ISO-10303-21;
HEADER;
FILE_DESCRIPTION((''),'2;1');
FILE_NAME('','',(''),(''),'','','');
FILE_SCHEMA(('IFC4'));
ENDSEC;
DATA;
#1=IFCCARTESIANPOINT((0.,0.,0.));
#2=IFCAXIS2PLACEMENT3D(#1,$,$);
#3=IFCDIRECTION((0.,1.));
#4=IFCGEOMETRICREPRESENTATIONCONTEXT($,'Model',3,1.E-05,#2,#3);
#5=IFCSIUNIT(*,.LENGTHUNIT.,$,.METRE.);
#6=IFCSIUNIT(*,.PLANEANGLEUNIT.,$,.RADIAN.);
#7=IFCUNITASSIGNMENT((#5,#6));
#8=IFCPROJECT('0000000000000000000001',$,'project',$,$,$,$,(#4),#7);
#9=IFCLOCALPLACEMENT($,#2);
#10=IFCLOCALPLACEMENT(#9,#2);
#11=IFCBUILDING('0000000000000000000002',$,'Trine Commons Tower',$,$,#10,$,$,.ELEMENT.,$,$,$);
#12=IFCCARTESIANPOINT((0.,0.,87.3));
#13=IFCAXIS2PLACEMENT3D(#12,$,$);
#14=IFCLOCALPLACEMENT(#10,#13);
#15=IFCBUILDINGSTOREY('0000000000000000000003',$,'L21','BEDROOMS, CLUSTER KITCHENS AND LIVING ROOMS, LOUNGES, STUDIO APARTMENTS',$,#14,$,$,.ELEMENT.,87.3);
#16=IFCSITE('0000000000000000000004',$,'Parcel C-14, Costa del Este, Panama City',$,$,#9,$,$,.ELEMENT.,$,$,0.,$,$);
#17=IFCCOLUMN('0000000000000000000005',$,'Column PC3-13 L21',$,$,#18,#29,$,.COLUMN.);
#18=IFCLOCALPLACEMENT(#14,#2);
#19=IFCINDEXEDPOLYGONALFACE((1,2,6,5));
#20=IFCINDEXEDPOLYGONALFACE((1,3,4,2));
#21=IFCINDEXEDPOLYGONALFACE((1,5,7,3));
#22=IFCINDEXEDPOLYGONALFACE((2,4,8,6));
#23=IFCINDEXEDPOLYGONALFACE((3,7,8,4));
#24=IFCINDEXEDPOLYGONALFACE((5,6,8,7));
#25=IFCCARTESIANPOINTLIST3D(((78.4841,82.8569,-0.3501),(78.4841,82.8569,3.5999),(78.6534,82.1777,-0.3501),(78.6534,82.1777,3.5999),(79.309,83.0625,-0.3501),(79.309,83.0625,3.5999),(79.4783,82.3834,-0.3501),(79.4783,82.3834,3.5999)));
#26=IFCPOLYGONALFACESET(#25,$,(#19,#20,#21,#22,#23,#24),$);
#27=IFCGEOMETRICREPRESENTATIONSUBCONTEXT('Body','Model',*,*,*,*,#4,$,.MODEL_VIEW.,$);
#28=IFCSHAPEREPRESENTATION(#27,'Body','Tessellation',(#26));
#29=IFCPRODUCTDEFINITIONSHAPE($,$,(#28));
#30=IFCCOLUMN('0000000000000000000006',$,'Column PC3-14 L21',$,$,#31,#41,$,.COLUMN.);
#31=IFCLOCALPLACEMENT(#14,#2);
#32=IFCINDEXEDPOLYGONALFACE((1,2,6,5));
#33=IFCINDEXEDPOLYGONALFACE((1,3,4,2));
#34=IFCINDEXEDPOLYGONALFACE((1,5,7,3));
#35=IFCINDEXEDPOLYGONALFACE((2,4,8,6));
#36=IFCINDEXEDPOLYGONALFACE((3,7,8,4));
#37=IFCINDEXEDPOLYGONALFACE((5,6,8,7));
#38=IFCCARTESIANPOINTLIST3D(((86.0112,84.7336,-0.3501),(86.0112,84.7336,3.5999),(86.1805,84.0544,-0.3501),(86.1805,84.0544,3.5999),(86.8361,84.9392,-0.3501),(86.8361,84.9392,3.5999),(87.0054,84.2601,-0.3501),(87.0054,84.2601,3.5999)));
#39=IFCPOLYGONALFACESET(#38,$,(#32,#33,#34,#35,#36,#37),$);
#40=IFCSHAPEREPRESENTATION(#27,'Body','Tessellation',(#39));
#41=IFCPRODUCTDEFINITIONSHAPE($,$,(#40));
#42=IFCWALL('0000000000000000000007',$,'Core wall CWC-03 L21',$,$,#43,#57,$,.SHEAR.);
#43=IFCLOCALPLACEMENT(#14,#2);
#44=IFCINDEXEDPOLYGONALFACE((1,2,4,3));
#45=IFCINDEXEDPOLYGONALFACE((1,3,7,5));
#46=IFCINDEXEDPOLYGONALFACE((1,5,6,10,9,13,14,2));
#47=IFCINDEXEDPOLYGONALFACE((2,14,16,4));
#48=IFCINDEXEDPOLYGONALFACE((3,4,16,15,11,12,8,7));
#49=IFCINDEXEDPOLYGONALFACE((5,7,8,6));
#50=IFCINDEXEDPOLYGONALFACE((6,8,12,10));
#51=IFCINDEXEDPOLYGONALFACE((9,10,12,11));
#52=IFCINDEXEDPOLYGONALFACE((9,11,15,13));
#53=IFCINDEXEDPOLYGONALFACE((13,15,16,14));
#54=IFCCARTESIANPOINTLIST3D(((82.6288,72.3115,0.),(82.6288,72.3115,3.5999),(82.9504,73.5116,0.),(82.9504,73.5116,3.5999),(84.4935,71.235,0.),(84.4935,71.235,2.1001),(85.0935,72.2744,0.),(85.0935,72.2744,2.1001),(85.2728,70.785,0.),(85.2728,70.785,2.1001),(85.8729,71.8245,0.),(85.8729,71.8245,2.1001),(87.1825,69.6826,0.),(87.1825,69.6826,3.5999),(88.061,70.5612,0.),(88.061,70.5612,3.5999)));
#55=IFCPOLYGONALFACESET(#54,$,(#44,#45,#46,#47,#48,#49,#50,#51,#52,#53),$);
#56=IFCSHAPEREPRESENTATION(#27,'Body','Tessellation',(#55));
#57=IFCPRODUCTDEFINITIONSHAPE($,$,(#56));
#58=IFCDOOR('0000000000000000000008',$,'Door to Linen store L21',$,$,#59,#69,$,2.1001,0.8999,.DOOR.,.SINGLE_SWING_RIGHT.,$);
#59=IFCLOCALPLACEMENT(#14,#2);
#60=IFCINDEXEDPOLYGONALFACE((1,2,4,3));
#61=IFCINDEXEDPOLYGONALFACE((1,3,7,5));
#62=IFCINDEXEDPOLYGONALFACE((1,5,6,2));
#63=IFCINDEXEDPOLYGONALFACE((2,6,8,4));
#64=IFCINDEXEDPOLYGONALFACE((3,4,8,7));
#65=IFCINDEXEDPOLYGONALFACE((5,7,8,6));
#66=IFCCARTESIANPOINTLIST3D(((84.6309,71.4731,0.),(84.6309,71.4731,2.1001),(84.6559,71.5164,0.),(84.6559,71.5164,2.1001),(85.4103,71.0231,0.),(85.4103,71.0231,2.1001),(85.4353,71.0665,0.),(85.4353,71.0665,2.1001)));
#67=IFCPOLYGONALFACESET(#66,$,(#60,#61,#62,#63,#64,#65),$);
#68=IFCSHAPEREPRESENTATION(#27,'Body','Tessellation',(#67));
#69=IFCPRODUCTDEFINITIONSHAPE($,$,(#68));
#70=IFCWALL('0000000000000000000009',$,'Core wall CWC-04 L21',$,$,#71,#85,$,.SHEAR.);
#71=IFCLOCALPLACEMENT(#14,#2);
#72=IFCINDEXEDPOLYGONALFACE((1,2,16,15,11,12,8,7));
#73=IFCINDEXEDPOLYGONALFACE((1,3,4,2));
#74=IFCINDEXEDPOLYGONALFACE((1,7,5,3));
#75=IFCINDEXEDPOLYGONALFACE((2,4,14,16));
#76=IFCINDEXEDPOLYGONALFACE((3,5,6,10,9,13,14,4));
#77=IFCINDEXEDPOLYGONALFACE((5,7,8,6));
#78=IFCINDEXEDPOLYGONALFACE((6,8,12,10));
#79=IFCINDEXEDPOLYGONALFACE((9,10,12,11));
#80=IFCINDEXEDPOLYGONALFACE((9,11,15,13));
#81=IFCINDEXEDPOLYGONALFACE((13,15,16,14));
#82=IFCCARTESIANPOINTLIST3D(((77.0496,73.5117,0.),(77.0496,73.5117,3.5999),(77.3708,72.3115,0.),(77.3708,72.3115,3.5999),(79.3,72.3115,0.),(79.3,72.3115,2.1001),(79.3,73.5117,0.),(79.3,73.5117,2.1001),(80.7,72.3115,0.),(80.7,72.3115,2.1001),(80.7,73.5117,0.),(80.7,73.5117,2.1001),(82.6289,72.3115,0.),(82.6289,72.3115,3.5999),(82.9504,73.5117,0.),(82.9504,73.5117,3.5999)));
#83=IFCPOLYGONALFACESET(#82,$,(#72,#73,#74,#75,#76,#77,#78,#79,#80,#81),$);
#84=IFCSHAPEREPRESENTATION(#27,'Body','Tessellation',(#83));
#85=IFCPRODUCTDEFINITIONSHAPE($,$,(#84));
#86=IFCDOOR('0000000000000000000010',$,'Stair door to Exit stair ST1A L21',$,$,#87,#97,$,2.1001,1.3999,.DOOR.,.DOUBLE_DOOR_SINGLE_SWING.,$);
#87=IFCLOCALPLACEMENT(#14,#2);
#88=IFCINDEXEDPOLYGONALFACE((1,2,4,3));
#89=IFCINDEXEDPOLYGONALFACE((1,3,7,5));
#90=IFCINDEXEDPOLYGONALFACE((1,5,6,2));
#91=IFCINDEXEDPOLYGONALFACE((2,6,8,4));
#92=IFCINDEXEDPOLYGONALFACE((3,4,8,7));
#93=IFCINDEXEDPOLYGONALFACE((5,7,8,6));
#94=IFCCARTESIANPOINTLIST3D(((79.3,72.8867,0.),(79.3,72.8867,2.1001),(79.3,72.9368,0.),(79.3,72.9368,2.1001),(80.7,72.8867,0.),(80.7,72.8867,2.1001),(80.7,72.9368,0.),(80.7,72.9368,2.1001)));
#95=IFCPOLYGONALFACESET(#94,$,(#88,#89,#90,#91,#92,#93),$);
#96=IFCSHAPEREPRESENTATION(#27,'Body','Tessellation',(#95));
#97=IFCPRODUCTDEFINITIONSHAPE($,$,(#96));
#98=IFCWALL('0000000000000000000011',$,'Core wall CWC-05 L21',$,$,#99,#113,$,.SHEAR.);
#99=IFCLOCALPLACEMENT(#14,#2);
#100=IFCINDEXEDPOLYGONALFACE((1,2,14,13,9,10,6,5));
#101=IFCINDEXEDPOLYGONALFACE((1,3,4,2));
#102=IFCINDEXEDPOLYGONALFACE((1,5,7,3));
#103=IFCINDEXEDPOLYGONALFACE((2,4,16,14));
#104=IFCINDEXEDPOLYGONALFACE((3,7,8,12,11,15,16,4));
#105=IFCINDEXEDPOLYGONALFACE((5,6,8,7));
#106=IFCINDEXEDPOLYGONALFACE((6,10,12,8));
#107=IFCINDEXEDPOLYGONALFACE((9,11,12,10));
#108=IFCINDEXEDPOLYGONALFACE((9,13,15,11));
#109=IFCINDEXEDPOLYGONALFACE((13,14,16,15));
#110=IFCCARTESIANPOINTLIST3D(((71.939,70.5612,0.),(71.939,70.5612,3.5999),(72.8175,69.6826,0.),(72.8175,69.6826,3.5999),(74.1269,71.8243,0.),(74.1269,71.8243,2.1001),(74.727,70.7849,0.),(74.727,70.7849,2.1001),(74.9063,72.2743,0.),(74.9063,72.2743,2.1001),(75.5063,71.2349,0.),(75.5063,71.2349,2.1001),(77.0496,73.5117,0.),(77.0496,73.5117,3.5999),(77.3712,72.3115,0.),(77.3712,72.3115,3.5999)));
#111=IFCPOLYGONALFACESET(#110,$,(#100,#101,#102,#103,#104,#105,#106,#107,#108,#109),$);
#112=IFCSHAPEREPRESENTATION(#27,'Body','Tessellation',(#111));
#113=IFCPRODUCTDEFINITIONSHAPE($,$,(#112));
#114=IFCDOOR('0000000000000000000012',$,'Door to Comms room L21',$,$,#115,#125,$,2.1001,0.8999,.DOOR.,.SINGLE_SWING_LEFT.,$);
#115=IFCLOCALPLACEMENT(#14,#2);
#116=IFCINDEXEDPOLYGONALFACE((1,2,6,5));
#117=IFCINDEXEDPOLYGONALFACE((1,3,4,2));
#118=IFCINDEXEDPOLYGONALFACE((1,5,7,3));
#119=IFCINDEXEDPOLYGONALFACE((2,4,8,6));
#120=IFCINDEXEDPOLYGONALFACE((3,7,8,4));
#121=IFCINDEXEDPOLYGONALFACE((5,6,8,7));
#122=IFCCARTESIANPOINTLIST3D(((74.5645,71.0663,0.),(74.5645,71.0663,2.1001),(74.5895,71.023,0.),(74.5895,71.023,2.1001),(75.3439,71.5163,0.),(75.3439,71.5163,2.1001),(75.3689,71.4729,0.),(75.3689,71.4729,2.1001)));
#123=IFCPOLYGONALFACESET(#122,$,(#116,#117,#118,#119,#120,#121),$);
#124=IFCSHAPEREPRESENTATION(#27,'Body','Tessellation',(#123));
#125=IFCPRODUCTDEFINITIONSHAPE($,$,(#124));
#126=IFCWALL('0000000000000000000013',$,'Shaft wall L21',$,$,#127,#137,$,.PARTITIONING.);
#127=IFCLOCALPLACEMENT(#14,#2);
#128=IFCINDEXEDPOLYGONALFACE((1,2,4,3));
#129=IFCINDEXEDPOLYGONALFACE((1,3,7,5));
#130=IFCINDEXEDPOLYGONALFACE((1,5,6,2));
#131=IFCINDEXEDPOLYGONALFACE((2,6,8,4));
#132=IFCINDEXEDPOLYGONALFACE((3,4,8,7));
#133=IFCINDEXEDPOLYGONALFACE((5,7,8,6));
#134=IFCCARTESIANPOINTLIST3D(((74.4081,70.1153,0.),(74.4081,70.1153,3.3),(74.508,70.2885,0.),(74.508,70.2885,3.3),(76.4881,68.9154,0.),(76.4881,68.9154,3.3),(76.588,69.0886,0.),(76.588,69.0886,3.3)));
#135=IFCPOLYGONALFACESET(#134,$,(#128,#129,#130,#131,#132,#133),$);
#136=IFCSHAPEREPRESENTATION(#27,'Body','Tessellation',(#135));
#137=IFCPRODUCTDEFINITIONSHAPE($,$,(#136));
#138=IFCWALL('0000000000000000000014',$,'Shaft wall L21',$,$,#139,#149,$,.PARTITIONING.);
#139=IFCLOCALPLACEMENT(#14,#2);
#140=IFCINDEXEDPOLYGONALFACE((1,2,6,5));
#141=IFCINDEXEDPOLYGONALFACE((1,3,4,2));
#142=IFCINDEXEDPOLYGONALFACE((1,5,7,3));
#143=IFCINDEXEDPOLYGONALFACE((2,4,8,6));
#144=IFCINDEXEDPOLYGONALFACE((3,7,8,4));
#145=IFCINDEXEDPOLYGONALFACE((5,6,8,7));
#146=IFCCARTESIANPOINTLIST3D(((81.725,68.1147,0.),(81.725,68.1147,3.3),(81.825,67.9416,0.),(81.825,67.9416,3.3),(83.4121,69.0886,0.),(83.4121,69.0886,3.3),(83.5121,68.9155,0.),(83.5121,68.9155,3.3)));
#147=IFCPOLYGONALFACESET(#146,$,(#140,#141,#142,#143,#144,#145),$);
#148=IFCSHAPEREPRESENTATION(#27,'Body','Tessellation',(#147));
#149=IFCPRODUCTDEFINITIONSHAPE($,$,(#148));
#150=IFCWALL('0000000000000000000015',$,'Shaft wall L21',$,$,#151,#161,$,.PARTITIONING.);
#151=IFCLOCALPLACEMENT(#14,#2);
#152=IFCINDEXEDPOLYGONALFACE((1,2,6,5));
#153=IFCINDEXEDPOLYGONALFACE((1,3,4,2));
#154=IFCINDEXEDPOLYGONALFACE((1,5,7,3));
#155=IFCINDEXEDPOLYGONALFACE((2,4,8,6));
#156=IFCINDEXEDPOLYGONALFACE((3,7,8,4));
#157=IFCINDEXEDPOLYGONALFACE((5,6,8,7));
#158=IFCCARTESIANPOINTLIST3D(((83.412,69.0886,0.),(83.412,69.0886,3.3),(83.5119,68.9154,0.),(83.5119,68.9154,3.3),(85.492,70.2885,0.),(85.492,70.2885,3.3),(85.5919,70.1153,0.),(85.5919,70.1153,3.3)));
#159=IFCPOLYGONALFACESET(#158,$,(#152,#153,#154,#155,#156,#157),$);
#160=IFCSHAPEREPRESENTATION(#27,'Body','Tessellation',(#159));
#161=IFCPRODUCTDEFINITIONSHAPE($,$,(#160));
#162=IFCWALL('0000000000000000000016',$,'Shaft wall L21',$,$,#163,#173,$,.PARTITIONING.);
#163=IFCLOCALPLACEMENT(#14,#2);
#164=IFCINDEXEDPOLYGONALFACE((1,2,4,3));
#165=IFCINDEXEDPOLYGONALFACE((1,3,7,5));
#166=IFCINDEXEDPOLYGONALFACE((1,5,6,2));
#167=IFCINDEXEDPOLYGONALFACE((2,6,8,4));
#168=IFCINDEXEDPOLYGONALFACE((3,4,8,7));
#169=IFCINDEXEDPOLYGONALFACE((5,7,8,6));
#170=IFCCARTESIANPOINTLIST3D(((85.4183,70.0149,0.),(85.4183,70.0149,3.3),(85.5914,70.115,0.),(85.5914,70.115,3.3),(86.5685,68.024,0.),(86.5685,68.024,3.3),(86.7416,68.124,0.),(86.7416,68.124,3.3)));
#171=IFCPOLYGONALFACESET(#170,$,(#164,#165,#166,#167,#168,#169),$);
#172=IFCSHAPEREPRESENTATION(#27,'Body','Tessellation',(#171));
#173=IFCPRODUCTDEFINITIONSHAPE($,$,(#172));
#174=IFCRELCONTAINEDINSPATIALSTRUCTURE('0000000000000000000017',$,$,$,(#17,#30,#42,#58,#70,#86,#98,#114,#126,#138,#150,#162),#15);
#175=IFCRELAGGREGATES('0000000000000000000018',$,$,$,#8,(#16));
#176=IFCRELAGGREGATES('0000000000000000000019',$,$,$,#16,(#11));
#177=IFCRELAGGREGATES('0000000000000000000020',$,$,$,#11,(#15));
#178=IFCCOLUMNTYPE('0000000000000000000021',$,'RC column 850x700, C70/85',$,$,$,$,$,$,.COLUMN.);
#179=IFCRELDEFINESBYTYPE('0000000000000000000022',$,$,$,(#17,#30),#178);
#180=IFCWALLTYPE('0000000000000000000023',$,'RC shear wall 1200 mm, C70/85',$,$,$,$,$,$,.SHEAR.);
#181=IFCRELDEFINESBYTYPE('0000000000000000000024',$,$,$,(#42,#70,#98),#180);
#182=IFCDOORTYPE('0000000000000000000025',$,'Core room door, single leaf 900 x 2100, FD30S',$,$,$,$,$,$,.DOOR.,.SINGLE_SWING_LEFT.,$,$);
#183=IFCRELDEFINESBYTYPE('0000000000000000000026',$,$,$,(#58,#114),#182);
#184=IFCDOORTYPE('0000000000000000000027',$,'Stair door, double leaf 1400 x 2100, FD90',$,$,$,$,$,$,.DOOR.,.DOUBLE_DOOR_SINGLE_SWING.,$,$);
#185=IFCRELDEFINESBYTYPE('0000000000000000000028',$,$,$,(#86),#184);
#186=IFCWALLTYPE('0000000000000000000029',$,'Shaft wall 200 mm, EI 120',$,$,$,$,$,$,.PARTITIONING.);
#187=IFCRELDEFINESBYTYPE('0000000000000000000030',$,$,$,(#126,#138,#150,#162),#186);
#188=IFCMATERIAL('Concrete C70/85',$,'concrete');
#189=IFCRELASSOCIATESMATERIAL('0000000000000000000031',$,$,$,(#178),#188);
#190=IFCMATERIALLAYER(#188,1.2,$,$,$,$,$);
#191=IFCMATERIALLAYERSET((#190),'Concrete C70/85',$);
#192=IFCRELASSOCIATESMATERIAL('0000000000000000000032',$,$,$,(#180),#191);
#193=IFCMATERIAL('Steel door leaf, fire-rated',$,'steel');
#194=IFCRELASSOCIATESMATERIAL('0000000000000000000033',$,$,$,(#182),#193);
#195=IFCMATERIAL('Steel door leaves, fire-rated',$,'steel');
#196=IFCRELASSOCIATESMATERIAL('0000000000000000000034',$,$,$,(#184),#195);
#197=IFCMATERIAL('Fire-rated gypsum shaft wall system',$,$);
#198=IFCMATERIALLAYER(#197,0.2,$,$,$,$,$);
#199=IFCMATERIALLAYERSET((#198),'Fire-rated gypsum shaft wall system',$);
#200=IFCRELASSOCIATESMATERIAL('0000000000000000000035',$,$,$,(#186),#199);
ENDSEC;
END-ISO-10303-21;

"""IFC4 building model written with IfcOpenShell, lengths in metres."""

from ifc_helpers import new_model, si_unit, direction, frame, frame_2d, origin, origin_2d, place, context, subcontext, project, spatial, polyline, rectangle, outline, extrude, material, layer, layer_set, material_profile, profile_set, type_object, element, fill, save


model = new_model("IFC4")

# Units and contexts
model_context = context("Model", 3, precision=1e-05, world=origin(), true_north=direction((0.0, 1.0)))
body_context = subcontext(model_context, "Body", "Model", "MODEL_VIEW")
ifc_project = project(units=[si_unit("LENGTHUNIT", "METRE"), si_unit("PLANEANGLEUNIT", "RADIAN")], contexts=[model_context])

# Site, building, storey
site_placement = place(None, origin())
site = spatial("IfcSite", under=ifc_project, at=site_placement, Name="Parcel C-14, Costa del Este, Panama City", CompositionType="ELEMENT", RefElevation=0.0)
building_placement = place(site_placement, origin())
building = spatial("IfcBuilding", under=site, at=building_placement, Name="Trine Commons Tower", CompositionType="ELEMENT")
storey_placement = place(building_placement, frame((0.0, 0.0, 87.3)))
storey = spatial("IfcBuildingStorey", under=building, at=storey_placement, Name="L21", Description="BEDROOMS, CLUSTER KITCHENS AND LIVING ROOMS, LOUNGES, STUDIO APARTMENTS", CompositionType="ELEMENT", Elevation=87.3)

# Columns
ifc_material_1 = material(Name="Concrete C70/85", Category="concrete")
ifc_material_profile = material_profile(ifc_material_1, rectangle(XDim=0.8501, YDim=0.7, at=origin_2d()), Name="RC 850x700")
ifc_profile_set = profile_set([ifc_material_profile], Name="Concrete C70/85")
column_type = type_object("IfcColumnType", Name="RC column 850x700, C70/85", PredefinedType="COLUMN", material=ifc_profile_set)
for number, where, z_axis, x_axis, name in (
    (1, (78.9812, 82.6201, -0.3501), (0.0, 0.0, 1.0), (0.970296, 0.241922, 0.0), "Column PC3-13 L21"),
    (2, (86.5083, 84.4968, -0.3501), (0.0, 0.0, 1.0), (0.970296, 0.241922, 0.0), "Column PC3-14 L21"),
):
    element("IfcColumn", number, at=place(storey_placement, frame(where, z_axis=z_axis, x_axis=x_axis)), inside=storey, type_object=column_type, Name=name, PredefinedType="COLUMN", context=body_context, shape_type="SweptSolid", body=[
        extrude(rectangle(XDim=0.8501, YDim=0.7, at=origin_2d()), origin(), (0.0, 0.0, 1.0), 3.95),
    ])

# Walls, openings, doors
ifc_layer_1 = layer(ifc_material_1, 1.2)
ifc_layer_set_1 = layer_set([ifc_layer_1], Name="Concrete C70/85")
wall_type_1 = type_object("IfcWallType", Name="RC shear wall 1200 mm, C70/85", PredefinedType="SHEAR", material=ifc_layer_set_1)
wall_1_placement = place(storey_placement, frame((87.761, 70.0415, 0.0), z_axis=(0.0, 0.0, 1.0), x_axis=(-0.866037, 0.499979, 0.0)))
wall_1 = element("IfcWall", 3, at=wall_1_placement, inside=storey, type_object=wall_type_1, Name="Core wall CWC-03 L21", PredefinedType="SHEAR", context=body_context, shape_type="SweptSolid", body=[
    extrude(outline(polyline([(0.0, -0.6001), (5.9011, -0.6001), (5.5796, 0.6001), (0.3215, 0.6001), (0.0, -0.6001)])), origin(), (0.0, 0.0, 1.0), 3.5999),
])
opening_1_placement = place(wall_1_placement, frame((2.5266, 0.0, 0.0)))
opening_1 = element("IfcOpeningElement", 4, at=opening_1_placement, cuts=wall_1, PredefinedType="OPENING", context=body_context, shape_type="SweptSolid", body=[
    extrude(rectangle(XDim=0.8999, YDim=2.1001, at=frame_2d((0.45, 1.05))), frame((0.0, 0.6099, 0.0), z_axis=(0.0, -1.0, 0.0), x_axis=(1.0, 0.0, 0.0)), (0.0, 0.0, 1.0), 1.22),
])
ifc_material_2 = material(Name="Steel door leaf, fire-rated", Category="steel")
door_type_1 = type_object("IfcDoorType", Name="Core room door, single leaf 900 x 2100, FD30S", OperationType="SINGLE_SWING_LEFT", PredefinedType="DOOR", material=ifc_material_2)
door_1_placement = place(opening_1_placement, origin())
door_1 = element("IfcDoor", 5, at=door_1_placement, inside=storey, type_object=door_type_1, Name="Door to Linen store L21", OperationType="SINGLE_SWING_RIGHT", OverallHeight=2.1001, OverallWidth=0.8999, PredefinedType="DOOR", context=body_context, shape_type="SweptSolid", body=[
    extrude(rectangle(XDim=0.8999, YDim=2.1001, at=frame_2d((0.45, 1.05))), frame((0.0, 0.3252, 0.0), z_axis=(0.0, -1.0, 0.0), x_axis=(1.0, 0.0, 0.0)), (0.0, 0.0, 1.0), 0.05),
])
fill(opening_1, door_1)
wall_2_placement = place(storey_placement, frame((82.9504, 72.9116, 0.0), z_axis=(0.0, 0.0, 1.0), x_axis=(-1.0, 0.0, 0.0)))
wall_2 = element("IfcWall", 6, at=wall_2_placement, inside=storey, type_object=wall_type_1, Name="Core wall CWC-04 L21", PredefinedType="SHEAR", context=body_context, shape_type="SweptSolid", body=[
    extrude(outline(polyline([(0.0, -0.6001), (5.9009, -0.6001), (5.5796, 0.6001), (0.3215, 0.6001), (0.0, -0.6001)])), origin(), (0.0, 0.0, 1.0), 3.5999),
])
opening_2_placement = place(wall_2_placement, frame((2.2505, 0.0, 0.0)))
opening_2 = element("IfcOpeningElement", 7, at=opening_2_placement, cuts=wall_2, PredefinedType="OPENING", context=body_context, shape_type="SweptSolid", body=[
    extrude(rectangle(XDim=1.3999, YDim=2.1001, at=frame_2d((0.7, 1.05))), frame((0.0, 0.6099, 0.0), z_axis=(0.0, -1.0, 0.0), x_axis=(1.0, 0.0, 0.0)), (0.0, 0.0, 1.0), 1.22),
])
ifc_material_3 = material(Name="Steel door leaves, fire-rated", Category="steel")
door_type_2 = type_object("IfcDoorType", Name="Stair door, double leaf 1400 x 2100, FD90", OperationType="DOUBLE_DOOR_SINGLE_SWING", PredefinedType="DOOR", material=ifc_material_3)
door_2_placement = place(opening_2_placement, origin())
door_2 = element("IfcDoor", 8, at=door_2_placement, inside=storey, type_object=door_type_2, Name="Stair door to Exit stair ST1A L21", OperationType="DOUBLE_DOOR_SINGLE_SWING", OverallHeight=2.1001, OverallWidth=1.3999, PredefinedType="DOOR", context=body_context, shape_type="SweptSolid", body=[
    extrude(rectangle(XDim=1.3999, YDim=2.1001, at=frame_2d((0.7, 1.05))), frame((0.0, 0.0249, 0.0), z_axis=(0.0, -1.0, 0.0), x_axis=(1.0, 0.0, 0.0)), (0.0, 0.0, 1.0), 0.05),
])
fill(opening_2, door_2)
wall_3_placement = place(storey_placement, frame((77.3496, 72.9919, 0.0), z_axis=(0.0, 0.0, 1.0), x_axis=(-0.866037, -0.499979, 0.0)))
wall_3 = element("IfcWall", 9, at=wall_3_placement, inside=storey, type_object=wall_type_1, Name="Core wall CWC-05 L21", PredefinedType="SHEAR", context=body_context, shape_type="SweptSolid", body=[
    extrude(outline(polyline([(0.0, -0.6001), (5.9011, -0.6001), (5.5796, 0.6001), (0.3215, 0.6001), (0.0, -0.6001)])), origin(), (0.0, 0.0, 1.0), 3.5999),
])
opening_3_placement = place(wall_3_placement, frame((2.4749, 0.0, 0.0)))
opening_3 = element("IfcOpeningElement", 10, at=opening_3_placement, cuts=wall_3, PredefinedType="OPENING", context=body_context, shape_type="SweptSolid", body=[
    extrude(rectangle(XDim=0.8999, YDim=2.1001, at=frame_2d((0.45, 1.05))), frame((0.0, 0.6099, 0.0), z_axis=(0.0, -1.0, 0.0), x_axis=(1.0, 0.0, 0.0)), (0.0, 0.0, 1.0), 1.22),
])
door_3_placement = place(opening_3_placement, origin())
door_3 = element("IfcDoor", 11, at=door_3_placement, inside=storey, type_object=door_type_1, Name="Door to Comms room L21", OperationType="SINGLE_SWING_LEFT", OverallHeight=2.1001, OverallWidth=0.8999, PredefinedType="DOOR", context=body_context, shape_type="SweptSolid", body=[
    extrude(rectangle(XDim=0.8999, YDim=2.1001, at=frame_2d((0.45, 1.05))), frame((0.0, 0.3252, 0.0), z_axis=(0.0, -1.0, 0.0), x_axis=(1.0, 0.0, 0.0)), (0.0, 0.0, 1.0), 0.05),
])
fill(opening_3, door_3)

# Walls
ifc_material_4 = material(Name="Fire-rated gypsum shaft wall system")
ifc_layer_2 = layer(ifc_material_4, 0.2)
ifc_layer_set_2 = layer_set([ifc_layer_2], Name="Fire-rated gypsum shaft wall system")
wall_type_2 = type_object("IfcWallType", Name="Shaft wall 200 mm, EI 120", PredefinedType="PARTITIONING", material=ifc_layer_set_2)
wall_4_placement = place(storey_placement, frame((76.5381, 69.002, 0.0), z_axis=(0.0, 0.0, 1.0), x_axis=(-0.866203, 0.499693, 0.0)))
element("IfcWall", 12, at=wall_4_placement, inside=storey, type_object=wall_type_2, Name="Shaft wall L21", PredefinedType="PARTITIONING", context=body_context, shape_type="SweptSolid", body=[
    extrude(rectangle(XDim=2.4014, YDim=0.2, at=frame_2d((1.2007, 0.0))), origin(), (0.0, 0.0, 1.0), 3.3),
])
wall_5_placement = place(storey_placement, frame((81.7749, 68.0281, 0.0), z_axis=(0.0, 0.0, 1.0), x_axis=(0.866052, 0.499954, 0.0)))
element("IfcWall", 13, at=wall_5_placement, inside=storey, type_object=wall_type_2, Name="Shaft wall L21", PredefinedType="PARTITIONING", context=body_context, shape_type="SweptSolid", body=[
    extrude(rectangle(XDim=1.948, YDim=0.2, at=frame_2d((0.9741, 0.0))), origin(), (0.0, 0.0, 1.0), 3.3),
])
wall_6_placement = place(storey_placement, frame((83.4619, 69.002, 0.0), z_axis=(0.0, 0.0, 1.0), x_axis=(0.866203, 0.499693, 0.0)))
element("IfcWall", 14, at=wall_6_placement, inside=storey, type_object=wall_type_2, Name="Shaft wall L21", PredefinedType="PARTITIONING", context=body_context, shape_type="SweptSolid", body=[
    extrude(rectangle(XDim=2.4014, YDim=0.2, at=frame_2d((1.2007, 0.0))), origin(), (0.0, 0.0, 1.0), 3.3),
])
wall_7_placement = place(storey_placement, frame((86.655, 68.074, 0.0), z_axis=(0.0, 0.0, 1.0), x_axis=(-0.500216, 0.865901, 0.0)))
element("IfcWall", 15, at=wall_7_placement, inside=storey, type_object=wall_type_2, Name="Shaft wall L21", PredefinedType="PARTITIONING", context=body_context, shape_type="SweptSolid", body=[
    extrude(rectangle(XDim=2.2993, YDim=0.2, at=frame_2d((1.1497, 0.0))), origin(), (0.0, 0.0, 1.0), 3.3),
])

save(model, "model.ifc")
